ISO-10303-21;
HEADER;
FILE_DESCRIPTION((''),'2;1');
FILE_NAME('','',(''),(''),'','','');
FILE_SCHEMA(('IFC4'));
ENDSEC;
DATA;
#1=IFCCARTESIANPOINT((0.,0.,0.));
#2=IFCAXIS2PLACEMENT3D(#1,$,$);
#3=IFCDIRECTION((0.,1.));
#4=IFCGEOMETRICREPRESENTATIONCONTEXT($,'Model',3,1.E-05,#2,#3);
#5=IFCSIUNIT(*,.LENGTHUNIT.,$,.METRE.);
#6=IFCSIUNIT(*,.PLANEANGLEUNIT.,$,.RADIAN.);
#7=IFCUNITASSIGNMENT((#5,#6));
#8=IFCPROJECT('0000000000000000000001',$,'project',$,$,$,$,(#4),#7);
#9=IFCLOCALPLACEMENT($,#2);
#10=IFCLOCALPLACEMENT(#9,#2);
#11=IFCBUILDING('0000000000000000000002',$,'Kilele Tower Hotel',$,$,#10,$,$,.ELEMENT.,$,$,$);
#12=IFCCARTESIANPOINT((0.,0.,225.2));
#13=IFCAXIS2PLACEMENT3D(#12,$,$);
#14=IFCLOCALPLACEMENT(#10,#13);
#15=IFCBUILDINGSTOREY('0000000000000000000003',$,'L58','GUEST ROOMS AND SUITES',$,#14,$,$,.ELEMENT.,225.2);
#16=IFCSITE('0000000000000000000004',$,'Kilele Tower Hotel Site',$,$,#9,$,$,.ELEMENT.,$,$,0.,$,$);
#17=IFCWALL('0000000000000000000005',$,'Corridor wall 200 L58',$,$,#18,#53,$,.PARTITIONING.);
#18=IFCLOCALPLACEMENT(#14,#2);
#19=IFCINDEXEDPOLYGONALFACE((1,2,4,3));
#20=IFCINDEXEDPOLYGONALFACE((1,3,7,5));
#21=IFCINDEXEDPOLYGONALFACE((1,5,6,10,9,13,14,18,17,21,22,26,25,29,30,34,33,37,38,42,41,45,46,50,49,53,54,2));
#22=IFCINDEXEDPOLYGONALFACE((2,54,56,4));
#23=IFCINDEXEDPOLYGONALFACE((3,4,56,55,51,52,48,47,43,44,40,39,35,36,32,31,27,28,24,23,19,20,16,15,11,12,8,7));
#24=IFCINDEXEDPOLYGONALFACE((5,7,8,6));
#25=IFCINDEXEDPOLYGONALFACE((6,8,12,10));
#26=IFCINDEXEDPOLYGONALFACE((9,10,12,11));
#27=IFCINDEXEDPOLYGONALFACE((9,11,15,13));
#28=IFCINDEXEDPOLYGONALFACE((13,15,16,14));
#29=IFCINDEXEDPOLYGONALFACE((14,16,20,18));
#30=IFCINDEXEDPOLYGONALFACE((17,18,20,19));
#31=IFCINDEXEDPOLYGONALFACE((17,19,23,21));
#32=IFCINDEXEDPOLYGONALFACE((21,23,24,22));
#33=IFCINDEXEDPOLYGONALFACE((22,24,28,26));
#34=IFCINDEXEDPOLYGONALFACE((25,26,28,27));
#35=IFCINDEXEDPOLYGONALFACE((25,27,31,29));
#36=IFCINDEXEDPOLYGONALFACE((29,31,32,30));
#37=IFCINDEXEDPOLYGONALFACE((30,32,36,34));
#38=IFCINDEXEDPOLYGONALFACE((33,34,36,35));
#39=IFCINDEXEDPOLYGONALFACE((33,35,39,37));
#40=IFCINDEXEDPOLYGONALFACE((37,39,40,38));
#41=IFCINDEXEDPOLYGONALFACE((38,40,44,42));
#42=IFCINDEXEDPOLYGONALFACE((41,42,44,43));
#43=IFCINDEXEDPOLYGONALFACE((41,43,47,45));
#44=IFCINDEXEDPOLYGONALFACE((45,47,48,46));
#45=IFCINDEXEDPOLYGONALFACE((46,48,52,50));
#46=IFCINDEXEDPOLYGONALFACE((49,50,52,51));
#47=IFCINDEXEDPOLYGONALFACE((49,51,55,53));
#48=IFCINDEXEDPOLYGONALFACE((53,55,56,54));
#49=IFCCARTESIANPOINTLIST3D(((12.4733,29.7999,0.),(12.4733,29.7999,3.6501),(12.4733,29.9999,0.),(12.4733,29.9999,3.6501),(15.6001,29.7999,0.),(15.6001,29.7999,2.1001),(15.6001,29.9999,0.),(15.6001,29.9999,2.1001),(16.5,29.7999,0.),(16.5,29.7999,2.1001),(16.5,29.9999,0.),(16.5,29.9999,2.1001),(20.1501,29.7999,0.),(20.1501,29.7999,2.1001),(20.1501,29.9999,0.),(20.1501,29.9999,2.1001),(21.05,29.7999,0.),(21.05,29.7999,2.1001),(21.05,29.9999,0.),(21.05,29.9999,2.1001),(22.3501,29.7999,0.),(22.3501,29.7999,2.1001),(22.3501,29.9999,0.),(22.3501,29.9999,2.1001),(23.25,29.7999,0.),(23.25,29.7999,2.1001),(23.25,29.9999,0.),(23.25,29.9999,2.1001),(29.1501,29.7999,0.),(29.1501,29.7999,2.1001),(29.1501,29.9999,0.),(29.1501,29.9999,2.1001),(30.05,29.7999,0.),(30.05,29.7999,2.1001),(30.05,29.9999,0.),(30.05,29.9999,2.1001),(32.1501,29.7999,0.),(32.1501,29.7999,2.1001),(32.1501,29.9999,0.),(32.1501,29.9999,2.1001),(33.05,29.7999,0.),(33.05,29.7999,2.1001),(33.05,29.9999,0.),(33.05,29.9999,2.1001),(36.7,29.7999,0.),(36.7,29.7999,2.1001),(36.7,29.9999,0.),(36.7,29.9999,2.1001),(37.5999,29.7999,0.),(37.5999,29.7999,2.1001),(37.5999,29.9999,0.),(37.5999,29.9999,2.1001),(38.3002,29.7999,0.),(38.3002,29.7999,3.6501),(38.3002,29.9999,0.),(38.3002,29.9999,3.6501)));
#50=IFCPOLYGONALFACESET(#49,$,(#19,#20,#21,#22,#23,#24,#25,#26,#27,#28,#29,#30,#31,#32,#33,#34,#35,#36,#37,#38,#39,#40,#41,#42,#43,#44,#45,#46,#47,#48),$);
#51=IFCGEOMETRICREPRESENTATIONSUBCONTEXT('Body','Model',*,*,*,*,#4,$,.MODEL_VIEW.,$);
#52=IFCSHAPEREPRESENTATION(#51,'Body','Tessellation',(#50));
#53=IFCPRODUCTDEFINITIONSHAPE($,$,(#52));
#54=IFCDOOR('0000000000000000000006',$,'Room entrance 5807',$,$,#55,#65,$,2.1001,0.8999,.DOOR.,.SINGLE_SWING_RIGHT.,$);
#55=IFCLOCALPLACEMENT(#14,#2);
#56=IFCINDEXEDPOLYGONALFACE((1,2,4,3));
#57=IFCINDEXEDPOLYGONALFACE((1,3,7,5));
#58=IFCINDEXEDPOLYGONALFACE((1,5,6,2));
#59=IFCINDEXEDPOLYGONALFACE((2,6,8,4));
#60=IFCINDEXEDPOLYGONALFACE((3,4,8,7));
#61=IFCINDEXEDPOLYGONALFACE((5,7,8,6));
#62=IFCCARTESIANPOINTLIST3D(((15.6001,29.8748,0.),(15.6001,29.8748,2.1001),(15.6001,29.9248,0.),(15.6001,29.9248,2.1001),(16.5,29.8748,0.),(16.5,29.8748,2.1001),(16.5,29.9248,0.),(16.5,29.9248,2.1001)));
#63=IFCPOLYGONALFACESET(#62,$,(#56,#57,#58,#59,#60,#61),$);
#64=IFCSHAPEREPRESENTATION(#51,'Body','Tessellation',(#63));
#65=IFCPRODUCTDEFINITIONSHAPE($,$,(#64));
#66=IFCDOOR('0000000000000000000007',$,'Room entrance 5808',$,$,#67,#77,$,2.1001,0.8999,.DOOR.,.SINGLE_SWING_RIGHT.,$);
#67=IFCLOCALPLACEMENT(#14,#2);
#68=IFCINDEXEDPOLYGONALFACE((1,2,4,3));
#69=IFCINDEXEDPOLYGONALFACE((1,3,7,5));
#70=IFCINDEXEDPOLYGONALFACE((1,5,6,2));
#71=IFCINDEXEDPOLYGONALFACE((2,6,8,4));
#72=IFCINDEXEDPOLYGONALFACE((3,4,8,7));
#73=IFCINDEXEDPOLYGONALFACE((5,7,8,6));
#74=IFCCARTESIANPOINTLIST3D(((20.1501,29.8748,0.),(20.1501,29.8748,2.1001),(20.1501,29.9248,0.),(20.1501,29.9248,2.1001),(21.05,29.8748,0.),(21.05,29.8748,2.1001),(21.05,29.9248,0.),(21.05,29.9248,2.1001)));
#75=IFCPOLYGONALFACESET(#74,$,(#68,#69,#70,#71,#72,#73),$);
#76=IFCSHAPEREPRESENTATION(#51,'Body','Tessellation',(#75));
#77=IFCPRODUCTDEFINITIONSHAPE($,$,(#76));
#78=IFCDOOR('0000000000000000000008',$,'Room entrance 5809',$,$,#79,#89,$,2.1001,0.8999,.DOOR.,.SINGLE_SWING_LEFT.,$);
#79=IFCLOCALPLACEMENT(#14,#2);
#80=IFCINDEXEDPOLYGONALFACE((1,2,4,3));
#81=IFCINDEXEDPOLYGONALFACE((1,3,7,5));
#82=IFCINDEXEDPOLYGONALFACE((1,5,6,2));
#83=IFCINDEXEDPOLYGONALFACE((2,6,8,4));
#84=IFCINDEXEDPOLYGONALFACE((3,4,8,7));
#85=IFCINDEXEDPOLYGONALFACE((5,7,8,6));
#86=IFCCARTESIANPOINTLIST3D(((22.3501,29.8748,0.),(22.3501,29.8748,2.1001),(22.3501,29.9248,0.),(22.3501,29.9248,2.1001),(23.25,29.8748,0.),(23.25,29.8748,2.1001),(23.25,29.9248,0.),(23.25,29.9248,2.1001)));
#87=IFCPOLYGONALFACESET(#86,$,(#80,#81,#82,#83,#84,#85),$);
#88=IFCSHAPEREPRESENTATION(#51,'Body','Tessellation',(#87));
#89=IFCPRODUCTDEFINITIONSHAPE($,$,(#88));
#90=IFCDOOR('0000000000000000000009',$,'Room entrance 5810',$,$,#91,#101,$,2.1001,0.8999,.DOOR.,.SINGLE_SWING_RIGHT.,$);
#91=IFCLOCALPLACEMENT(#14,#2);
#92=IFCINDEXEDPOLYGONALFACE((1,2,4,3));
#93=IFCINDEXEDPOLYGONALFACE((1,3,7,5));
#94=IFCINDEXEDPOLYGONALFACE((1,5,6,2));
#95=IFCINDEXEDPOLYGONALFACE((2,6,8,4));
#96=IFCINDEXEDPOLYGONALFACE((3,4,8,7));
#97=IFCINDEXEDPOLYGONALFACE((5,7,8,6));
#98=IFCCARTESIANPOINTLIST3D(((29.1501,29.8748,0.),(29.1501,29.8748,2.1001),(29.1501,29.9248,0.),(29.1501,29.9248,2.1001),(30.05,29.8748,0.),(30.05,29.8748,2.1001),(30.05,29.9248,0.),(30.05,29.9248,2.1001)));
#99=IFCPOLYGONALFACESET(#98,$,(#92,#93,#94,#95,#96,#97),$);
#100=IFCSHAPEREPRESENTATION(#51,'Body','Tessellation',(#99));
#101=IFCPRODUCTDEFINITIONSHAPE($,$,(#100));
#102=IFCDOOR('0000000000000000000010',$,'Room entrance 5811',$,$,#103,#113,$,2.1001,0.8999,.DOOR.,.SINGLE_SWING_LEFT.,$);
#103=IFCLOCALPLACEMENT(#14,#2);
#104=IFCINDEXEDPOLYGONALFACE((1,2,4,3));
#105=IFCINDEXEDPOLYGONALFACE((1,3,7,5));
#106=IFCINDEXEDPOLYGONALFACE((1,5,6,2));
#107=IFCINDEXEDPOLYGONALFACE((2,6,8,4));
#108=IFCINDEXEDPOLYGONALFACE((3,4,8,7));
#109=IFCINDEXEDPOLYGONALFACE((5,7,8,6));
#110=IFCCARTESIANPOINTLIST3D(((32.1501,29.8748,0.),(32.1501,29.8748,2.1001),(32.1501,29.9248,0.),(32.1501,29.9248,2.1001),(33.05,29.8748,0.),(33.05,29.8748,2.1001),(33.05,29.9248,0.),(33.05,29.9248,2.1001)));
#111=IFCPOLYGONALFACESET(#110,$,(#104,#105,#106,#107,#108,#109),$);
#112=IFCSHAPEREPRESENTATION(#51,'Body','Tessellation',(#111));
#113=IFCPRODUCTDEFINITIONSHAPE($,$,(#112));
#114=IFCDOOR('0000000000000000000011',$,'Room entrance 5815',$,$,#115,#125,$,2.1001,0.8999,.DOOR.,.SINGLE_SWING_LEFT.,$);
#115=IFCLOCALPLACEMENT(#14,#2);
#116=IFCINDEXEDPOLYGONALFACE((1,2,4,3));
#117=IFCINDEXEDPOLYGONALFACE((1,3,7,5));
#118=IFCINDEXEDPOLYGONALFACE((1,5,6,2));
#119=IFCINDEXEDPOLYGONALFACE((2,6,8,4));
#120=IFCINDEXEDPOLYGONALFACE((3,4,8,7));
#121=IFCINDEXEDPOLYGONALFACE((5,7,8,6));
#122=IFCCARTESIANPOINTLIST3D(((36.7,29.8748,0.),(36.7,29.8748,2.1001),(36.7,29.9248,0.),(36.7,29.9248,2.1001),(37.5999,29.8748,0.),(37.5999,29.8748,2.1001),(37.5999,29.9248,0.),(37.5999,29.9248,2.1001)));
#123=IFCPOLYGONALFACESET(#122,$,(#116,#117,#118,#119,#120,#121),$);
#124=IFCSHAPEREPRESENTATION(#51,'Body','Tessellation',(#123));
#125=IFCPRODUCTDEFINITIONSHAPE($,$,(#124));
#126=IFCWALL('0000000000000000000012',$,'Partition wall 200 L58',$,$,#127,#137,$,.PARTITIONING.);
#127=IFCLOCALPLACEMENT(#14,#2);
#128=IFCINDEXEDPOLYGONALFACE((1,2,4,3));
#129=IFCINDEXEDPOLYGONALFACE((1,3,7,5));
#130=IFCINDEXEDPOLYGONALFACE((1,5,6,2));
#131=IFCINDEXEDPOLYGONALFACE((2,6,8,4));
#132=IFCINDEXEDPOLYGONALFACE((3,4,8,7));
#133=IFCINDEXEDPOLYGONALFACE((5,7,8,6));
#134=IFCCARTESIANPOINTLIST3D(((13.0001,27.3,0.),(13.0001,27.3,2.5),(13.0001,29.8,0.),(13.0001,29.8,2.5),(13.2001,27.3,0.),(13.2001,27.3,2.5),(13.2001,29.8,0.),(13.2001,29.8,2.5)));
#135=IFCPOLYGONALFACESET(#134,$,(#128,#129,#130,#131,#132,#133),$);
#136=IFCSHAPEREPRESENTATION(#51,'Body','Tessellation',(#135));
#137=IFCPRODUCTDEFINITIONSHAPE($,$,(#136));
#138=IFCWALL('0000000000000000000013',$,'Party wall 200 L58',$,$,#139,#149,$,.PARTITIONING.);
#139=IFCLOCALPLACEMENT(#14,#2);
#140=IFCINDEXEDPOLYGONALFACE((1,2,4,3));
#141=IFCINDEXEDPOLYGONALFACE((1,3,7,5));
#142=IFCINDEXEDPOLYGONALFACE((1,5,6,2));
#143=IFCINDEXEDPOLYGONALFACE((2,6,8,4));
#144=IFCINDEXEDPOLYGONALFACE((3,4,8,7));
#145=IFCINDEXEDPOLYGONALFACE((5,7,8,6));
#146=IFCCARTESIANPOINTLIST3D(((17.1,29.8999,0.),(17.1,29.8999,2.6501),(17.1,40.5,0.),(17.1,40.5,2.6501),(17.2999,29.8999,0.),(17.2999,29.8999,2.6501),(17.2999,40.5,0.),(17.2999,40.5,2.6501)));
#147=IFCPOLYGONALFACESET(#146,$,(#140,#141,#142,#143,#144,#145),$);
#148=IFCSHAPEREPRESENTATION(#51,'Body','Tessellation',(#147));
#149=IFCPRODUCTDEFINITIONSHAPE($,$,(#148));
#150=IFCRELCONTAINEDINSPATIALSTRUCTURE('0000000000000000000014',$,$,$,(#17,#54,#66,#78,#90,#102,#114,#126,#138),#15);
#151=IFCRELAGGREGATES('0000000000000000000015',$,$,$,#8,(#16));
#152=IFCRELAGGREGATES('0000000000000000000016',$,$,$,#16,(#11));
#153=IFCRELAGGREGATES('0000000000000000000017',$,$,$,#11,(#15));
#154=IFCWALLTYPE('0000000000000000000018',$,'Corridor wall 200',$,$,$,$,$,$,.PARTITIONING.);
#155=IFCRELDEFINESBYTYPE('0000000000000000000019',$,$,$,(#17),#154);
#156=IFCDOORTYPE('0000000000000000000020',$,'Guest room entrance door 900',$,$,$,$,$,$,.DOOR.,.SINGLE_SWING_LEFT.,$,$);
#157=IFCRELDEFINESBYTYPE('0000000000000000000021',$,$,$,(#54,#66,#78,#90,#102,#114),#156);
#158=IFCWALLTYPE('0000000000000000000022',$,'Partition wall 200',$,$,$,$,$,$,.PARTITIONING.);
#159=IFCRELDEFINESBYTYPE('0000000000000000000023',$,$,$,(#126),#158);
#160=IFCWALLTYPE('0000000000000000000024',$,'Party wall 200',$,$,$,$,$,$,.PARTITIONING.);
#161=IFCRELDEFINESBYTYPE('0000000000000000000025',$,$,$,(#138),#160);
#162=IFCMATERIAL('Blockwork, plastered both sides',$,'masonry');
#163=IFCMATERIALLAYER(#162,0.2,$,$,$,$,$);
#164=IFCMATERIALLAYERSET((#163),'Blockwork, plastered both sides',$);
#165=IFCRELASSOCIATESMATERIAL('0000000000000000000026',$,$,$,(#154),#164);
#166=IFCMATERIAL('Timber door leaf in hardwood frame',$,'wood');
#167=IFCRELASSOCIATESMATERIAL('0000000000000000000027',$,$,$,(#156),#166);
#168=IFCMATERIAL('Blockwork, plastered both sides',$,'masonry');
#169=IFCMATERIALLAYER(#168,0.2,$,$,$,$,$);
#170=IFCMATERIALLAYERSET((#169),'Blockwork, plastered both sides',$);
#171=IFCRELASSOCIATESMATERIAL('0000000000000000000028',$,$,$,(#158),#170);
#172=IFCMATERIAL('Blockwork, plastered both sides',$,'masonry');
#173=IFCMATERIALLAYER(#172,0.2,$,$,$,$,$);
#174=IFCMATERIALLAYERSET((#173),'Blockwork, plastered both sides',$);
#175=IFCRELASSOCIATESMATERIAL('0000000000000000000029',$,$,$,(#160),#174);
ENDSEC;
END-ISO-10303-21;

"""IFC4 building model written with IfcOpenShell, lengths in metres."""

from ifc_helpers import new_model, si_unit, direction, frame, frame_2d, origin, place, context, subcontext, project, spatial, rectangle, extrude, material, layer, layer_set, type_object, element, fill, save


model = new_model("IFC4")

# Units and contexts
model_context = context("Model", 3, precision=1e-05, world=origin(), true_north=direction((0.0, 1.0)))
body_context = subcontext(model_context, "Body", "Model", "MODEL_VIEW")
ifc_project = project(units=[si_unit("LENGTHUNIT", "METRE"), si_unit("PLANEANGLEUNIT", "RADIAN")], contexts=[model_context])

# Site, building, storey
site_placement = place(None, origin())
site = spatial("IfcSite", under=ifc_project, at=site_placement, Name="Kilele Tower Hotel Site", CompositionType="ELEMENT", RefElevation=0.0)
building_placement = place(site_placement, origin())
building = spatial("IfcBuilding", under=site, at=building_placement, Name="Kilele Tower Hotel", CompositionType="ELEMENT")
storey_placement = place(building_placement, frame((0.0, 0.0, 225.2)))
storey = spatial("IfcBuildingStorey", under=building, at=storey_placement, Name="L58", Description="GUEST ROOMS AND SUITES", CompositionType="ELEMENT", Elevation=225.2)

# Wall, openings, doors
ifc_material_1 = material(Name="Blockwork, plastered both sides", Category="masonry")
ifc_layer_1 = layer(ifc_material_1, 0.2)
ifc_layer_set_1 = layer_set([ifc_layer_1], Name="Blockwork, plastered both sides")
wall_type_1 = type_object("IfcWallType", Name="Corridor wall 200", PredefinedType="PARTITIONING", material=ifc_layer_set_1)
wall_1_placement = place(storey_placement, frame((12.4731, 29.8999, 0.0), z_axis=(0.0, 0.0, 1.0), x_axis=(1.0, 0.0, 0.0)))
wall_1 = element("IfcWall", 1, at=wall_1_placement, inside=storey, type_object=wall_type_1, Name="Corridor wall 200 L58", PredefinedType="PARTITIONING", context=body_context, shape_type="SweptSolid", body=[
    extrude(rectangle(XDim=25.8269, YDim=0.2, at=frame_2d((12.9136, 0.0))), origin(), (0.0, 0.0, 1.0), 3.6501),
])
opening_1_placement = place(wall_1_placement, frame((3.127, 0.0, 0.0)))
opening_1 = element("IfcOpeningElement", 2, at=opening_1_placement, cuts=wall_1, PredefinedType="OPENING", context=body_context, shape_type="SweptSolid", body=[
    extrude(rectangle(XDim=0.8999, YDim=2.1001, at=frame_2d((0.45, 1.05))), frame((0.0, 0.1099, 0.0), z_axis=(0.0, -1.0, 0.0), x_axis=(1.0, 0.0, 0.0)), (0.0, 0.0, 1.0), 0.22),
])
opening_2_placement = place(wall_1_placement, frame((7.677, 0.0, 0.0)))
opening_2 = element("IfcOpeningElement", 3, at=opening_2_placement, cuts=wall_1, PredefinedType="OPENING", context=body_context, shape_type="SweptSolid", body=[
    extrude(rectangle(XDim=0.8999, YDim=2.1001, at=frame_2d((0.45, 1.05))), frame((0.0, 0.1099, 0.0), z_axis=(0.0, -1.0, 0.0), x_axis=(1.0, 0.0, 0.0)), (0.0, 0.0, 1.0), 0.22),
])
opening_3_placement = place(wall_1_placement, frame((9.877, 0.0, 0.0)))
opening_3 = element("IfcOpeningElement", 4, at=opening_3_placement, cuts=wall_1, PredefinedType="OPENING", context=body_context, shape_type="SweptSolid", body=[
    extrude(rectangle(XDim=0.8999, YDim=2.1001, at=frame_2d((0.45, 1.05))), frame((0.0, 0.1099, 0.0), z_axis=(0.0, -1.0, 0.0), x_axis=(1.0, 0.0, 0.0)), (0.0, 0.0, 1.0), 0.22),
])
opening_4_placement = place(wall_1_placement, frame((16.677, 0.0, 0.0)))
opening_4 = element("IfcOpeningElement", 5, at=opening_4_placement, cuts=wall_1, PredefinedType="OPENING", context=body_context, shape_type="SweptSolid", body=[
    extrude(rectangle(XDim=0.8999, YDim=2.1001, at=frame_2d((0.45, 1.05))), frame((0.0, 0.1099, 0.0), z_axis=(0.0, -1.0, 0.0), x_axis=(1.0, 0.0, 0.0)), (0.0, 0.0, 1.0), 0.22),
])
opening_5_placement = place(wall_1_placement, frame((19.677, 0.0, 0.0)))
opening_5 = element("IfcOpeningElement", 6, at=opening_5_placement, cuts=wall_1, PredefinedType="OPENING", context=body_context, shape_type="SweptSolid", body=[
    extrude(rectangle(XDim=0.8999, YDim=2.1001, at=frame_2d((0.45, 1.05))), frame((0.0, 0.1099, 0.0), z_axis=(0.0, -1.0, 0.0), x_axis=(1.0, 0.0, 0.0)), (0.0, 0.0, 1.0), 0.22),
])
opening_6_placement = place(wall_1_placement, frame((24.2268, 0.0, 0.0)))
opening_6 = element("IfcOpeningElement", 7, at=opening_6_placement, cuts=wall_1, PredefinedType="OPENING", context=body_context, shape_type="SweptSolid", body=[
    extrude(rectangle(XDim=0.8999, YDim=2.1001, at=frame_2d((0.45, 1.05))), frame((0.0, 0.1099, 0.0), z_axis=(0.0, -1.0, 0.0), x_axis=(1.0, 0.0, 0.0)), (0.0, 0.0, 1.0), 0.22),
])
ifc_material_2 = material(Name="Timber door leaf in hardwood frame", Category="wood")
door_type = type_object("IfcDoorType", Name="Guest room entrance door 900", OperationType="SINGLE_SWING_LEFT", PredefinedType="DOOR", material=ifc_material_2)
door_1_placement = place(opening_1_placement, origin())
door_1 = element("IfcDoor", 8, at=door_1_placement, inside=storey, type_object=door_type, Name="Room entrance 5807", OperationType="SINGLE_SWING_RIGHT", OverallHeight=2.1001, OverallWidth=0.8999, PredefinedType="DOOR", context=body_context, shape_type="SweptSolid", body=[
    extrude(rectangle(XDim=0.8999, YDim=2.1001, at=frame_2d((0.45, 1.05))), frame((0.0, 0.0249, 0.0), z_axis=(0.0, -1.0, 0.0), x_axis=(1.0, 0.0, 0.0)), (0.0, 0.0, 1.0), 0.05),
])
fill(opening_1, door_1)
door_2_placement = place(opening_2_placement, origin())
door_2 = element("IfcDoor", 9, at=door_2_placement, inside=storey, type_object=door_type, Name="Room entrance 5808", OperationType="SINGLE_SWING_RIGHT", OverallHeight=2.1001, OverallWidth=0.8999, PredefinedType="DOOR", context=body_context, shape_type="SweptSolid", body=[
    extrude(rectangle(XDim=0.8999, YDim=2.1001, at=frame_2d((0.45, 1.05))), frame((0.0, 0.0249, 0.0), z_axis=(0.0, -1.0, 0.0), x_axis=(1.0, 0.0, 0.0)), (0.0, 0.0, 1.0), 0.05),
])
fill(opening_2, door_2)
door_3_placement = place(opening_3_placement, origin())
door_3 = element("IfcDoor", 10, at=door_3_placement, inside=storey, type_object=door_type, Name="Room entrance 5809", OperationType="SINGLE_SWING_LEFT", OverallHeight=2.1001, OverallWidth=0.8999, PredefinedType="DOOR", context=body_context, shape_type="SweptSolid", body=[
    extrude(rectangle(XDim=0.8999, YDim=2.1001, at=frame_2d((0.45, 1.05))), frame((0.0, 0.0249, 0.0), z_axis=(0.0, -1.0, 0.0), x_axis=(1.0, 0.0, 0.0)), (0.0, 0.0, 1.0), 0.05),
])
fill(opening_3, door_3)
door_4_placement = place(opening_4_placement, origin())
door_4 = element("IfcDoor", 11, at=door_4_placement, inside=storey, type_object=door_type, Name="Room entrance 5810", OperationType="SINGLE_SWING_RIGHT", OverallHeight=2.1001, OverallWidth=0.8999, PredefinedType="DOOR", context=body_context, shape_type="SweptSolid", body=[
    extrude(rectangle(XDim=0.8999, YDim=2.1001, at=frame_2d((0.45, 1.05))), frame((0.0, 0.0249, 0.0), z_axis=(0.0, -1.0, 0.0), x_axis=(1.0, 0.0, 0.0)), (0.0, 0.0, 1.0), 0.05),
])
fill(opening_4, door_4)
door_5_placement = place(opening_5_placement, origin())
door_5 = element("IfcDoor", 12, at=door_5_placement, inside=storey, type_object=door_type, Name="Room entrance 5811", OperationType="SINGLE_SWING_LEFT", OverallHeight=2.1001, OverallWidth=0.8999, PredefinedType="DOOR", context=body_context, shape_type="SweptSolid", body=[
    extrude(rectangle(XDim=0.8999, YDim=2.1001, at=frame_2d((0.45, 1.05))), frame((0.0, 0.0249, 0.0), z_axis=(0.0, -1.0, 0.0), x_axis=(1.0, 0.0, 0.0)), (0.0, 0.0, 1.0), 0.05),
])
fill(opening_5, door_5)
door_6_placement = place(opening_6_placement, origin())
door_6 = element("IfcDoor", 13, at=door_6_placement, inside=storey, type_object=door_type, Name="Room entrance 5815", OperationType="SINGLE_SWING_LEFT", OverallHeight=2.1001, OverallWidth=0.8999, PredefinedType="DOOR", context=body_context, shape_type="SweptSolid", body=[
    extrude(rectangle(XDim=0.8999, YDim=2.1001, at=frame_2d((0.45, 1.05))), frame((0.0, 0.0249, 0.0), z_axis=(0.0, -1.0, 0.0), x_axis=(1.0, 0.0, 0.0)), (0.0, 0.0, 1.0), 0.05),
])
fill(opening_6, door_6)

# Walls
ifc_material_3 = material(Name="Blockwork, plastered both sides", Category="masonry")
ifc_layer_2 = layer(ifc_material_3, 0.2)
ifc_layer_set_2 = layer_set([ifc_layer_2], Name="Blockwork, plastered both sides")
wall_type_2 = type_object("IfcWallType", Name="Partition wall 200", PredefinedType="PARTITIONING", material=ifc_layer_set_2)
wall_2_placement = place(storey_placement, frame((13.1001, 27.3, 0.0), z_axis=(0.0, 0.0, 1.0), x_axis=(0.0, 1.0, 0.0)))
element("IfcWall", 14, at=wall_2_placement, inside=storey, type_object=wall_type_2, Name="Partition wall 200 L58", PredefinedType="PARTITIONING", context=body_context, shape_type="SweptSolid", body=[
    extrude(rectangle(XDim=2.5, YDim=0.2, at=frame_2d((1.25, 0.0))), origin(), (0.0, 0.0, 1.0), 2.5),
])
ifc_material_4 = material(Name="Blockwork, plastered both sides", Category="masonry")
ifc_layer_3 = layer(ifc_material_4, 0.2)
ifc_layer_set_3 = layer_set([ifc_layer_3], Name="Blockwork, plastered both sides")
wall_type_3 = type_object("IfcWallType", Name="Party wall 200", PredefinedType="PARTITIONING", material=ifc_layer_set_3)
wall_3_placement = place(storey_placement, frame((17.2, 29.8999, 0.0), z_axis=(0.0, 0.0, 1.0), x_axis=(0.0, 1.0, 0.0)))
element("IfcWall", 15, at=wall_3_placement, inside=storey, type_object=wall_type_3, Name="Party wall 200 L58", PredefinedType="PARTITIONING", context=body_context, shape_type="SweptSolid", body=[
    extrude(rectangle(XDim=10.6001, YDim=0.2, at=frame_2d((5.3, 0.0))), origin(), (0.0, 0.0, 1.0), 2.6501),
])

save(model, "model.ifc")
